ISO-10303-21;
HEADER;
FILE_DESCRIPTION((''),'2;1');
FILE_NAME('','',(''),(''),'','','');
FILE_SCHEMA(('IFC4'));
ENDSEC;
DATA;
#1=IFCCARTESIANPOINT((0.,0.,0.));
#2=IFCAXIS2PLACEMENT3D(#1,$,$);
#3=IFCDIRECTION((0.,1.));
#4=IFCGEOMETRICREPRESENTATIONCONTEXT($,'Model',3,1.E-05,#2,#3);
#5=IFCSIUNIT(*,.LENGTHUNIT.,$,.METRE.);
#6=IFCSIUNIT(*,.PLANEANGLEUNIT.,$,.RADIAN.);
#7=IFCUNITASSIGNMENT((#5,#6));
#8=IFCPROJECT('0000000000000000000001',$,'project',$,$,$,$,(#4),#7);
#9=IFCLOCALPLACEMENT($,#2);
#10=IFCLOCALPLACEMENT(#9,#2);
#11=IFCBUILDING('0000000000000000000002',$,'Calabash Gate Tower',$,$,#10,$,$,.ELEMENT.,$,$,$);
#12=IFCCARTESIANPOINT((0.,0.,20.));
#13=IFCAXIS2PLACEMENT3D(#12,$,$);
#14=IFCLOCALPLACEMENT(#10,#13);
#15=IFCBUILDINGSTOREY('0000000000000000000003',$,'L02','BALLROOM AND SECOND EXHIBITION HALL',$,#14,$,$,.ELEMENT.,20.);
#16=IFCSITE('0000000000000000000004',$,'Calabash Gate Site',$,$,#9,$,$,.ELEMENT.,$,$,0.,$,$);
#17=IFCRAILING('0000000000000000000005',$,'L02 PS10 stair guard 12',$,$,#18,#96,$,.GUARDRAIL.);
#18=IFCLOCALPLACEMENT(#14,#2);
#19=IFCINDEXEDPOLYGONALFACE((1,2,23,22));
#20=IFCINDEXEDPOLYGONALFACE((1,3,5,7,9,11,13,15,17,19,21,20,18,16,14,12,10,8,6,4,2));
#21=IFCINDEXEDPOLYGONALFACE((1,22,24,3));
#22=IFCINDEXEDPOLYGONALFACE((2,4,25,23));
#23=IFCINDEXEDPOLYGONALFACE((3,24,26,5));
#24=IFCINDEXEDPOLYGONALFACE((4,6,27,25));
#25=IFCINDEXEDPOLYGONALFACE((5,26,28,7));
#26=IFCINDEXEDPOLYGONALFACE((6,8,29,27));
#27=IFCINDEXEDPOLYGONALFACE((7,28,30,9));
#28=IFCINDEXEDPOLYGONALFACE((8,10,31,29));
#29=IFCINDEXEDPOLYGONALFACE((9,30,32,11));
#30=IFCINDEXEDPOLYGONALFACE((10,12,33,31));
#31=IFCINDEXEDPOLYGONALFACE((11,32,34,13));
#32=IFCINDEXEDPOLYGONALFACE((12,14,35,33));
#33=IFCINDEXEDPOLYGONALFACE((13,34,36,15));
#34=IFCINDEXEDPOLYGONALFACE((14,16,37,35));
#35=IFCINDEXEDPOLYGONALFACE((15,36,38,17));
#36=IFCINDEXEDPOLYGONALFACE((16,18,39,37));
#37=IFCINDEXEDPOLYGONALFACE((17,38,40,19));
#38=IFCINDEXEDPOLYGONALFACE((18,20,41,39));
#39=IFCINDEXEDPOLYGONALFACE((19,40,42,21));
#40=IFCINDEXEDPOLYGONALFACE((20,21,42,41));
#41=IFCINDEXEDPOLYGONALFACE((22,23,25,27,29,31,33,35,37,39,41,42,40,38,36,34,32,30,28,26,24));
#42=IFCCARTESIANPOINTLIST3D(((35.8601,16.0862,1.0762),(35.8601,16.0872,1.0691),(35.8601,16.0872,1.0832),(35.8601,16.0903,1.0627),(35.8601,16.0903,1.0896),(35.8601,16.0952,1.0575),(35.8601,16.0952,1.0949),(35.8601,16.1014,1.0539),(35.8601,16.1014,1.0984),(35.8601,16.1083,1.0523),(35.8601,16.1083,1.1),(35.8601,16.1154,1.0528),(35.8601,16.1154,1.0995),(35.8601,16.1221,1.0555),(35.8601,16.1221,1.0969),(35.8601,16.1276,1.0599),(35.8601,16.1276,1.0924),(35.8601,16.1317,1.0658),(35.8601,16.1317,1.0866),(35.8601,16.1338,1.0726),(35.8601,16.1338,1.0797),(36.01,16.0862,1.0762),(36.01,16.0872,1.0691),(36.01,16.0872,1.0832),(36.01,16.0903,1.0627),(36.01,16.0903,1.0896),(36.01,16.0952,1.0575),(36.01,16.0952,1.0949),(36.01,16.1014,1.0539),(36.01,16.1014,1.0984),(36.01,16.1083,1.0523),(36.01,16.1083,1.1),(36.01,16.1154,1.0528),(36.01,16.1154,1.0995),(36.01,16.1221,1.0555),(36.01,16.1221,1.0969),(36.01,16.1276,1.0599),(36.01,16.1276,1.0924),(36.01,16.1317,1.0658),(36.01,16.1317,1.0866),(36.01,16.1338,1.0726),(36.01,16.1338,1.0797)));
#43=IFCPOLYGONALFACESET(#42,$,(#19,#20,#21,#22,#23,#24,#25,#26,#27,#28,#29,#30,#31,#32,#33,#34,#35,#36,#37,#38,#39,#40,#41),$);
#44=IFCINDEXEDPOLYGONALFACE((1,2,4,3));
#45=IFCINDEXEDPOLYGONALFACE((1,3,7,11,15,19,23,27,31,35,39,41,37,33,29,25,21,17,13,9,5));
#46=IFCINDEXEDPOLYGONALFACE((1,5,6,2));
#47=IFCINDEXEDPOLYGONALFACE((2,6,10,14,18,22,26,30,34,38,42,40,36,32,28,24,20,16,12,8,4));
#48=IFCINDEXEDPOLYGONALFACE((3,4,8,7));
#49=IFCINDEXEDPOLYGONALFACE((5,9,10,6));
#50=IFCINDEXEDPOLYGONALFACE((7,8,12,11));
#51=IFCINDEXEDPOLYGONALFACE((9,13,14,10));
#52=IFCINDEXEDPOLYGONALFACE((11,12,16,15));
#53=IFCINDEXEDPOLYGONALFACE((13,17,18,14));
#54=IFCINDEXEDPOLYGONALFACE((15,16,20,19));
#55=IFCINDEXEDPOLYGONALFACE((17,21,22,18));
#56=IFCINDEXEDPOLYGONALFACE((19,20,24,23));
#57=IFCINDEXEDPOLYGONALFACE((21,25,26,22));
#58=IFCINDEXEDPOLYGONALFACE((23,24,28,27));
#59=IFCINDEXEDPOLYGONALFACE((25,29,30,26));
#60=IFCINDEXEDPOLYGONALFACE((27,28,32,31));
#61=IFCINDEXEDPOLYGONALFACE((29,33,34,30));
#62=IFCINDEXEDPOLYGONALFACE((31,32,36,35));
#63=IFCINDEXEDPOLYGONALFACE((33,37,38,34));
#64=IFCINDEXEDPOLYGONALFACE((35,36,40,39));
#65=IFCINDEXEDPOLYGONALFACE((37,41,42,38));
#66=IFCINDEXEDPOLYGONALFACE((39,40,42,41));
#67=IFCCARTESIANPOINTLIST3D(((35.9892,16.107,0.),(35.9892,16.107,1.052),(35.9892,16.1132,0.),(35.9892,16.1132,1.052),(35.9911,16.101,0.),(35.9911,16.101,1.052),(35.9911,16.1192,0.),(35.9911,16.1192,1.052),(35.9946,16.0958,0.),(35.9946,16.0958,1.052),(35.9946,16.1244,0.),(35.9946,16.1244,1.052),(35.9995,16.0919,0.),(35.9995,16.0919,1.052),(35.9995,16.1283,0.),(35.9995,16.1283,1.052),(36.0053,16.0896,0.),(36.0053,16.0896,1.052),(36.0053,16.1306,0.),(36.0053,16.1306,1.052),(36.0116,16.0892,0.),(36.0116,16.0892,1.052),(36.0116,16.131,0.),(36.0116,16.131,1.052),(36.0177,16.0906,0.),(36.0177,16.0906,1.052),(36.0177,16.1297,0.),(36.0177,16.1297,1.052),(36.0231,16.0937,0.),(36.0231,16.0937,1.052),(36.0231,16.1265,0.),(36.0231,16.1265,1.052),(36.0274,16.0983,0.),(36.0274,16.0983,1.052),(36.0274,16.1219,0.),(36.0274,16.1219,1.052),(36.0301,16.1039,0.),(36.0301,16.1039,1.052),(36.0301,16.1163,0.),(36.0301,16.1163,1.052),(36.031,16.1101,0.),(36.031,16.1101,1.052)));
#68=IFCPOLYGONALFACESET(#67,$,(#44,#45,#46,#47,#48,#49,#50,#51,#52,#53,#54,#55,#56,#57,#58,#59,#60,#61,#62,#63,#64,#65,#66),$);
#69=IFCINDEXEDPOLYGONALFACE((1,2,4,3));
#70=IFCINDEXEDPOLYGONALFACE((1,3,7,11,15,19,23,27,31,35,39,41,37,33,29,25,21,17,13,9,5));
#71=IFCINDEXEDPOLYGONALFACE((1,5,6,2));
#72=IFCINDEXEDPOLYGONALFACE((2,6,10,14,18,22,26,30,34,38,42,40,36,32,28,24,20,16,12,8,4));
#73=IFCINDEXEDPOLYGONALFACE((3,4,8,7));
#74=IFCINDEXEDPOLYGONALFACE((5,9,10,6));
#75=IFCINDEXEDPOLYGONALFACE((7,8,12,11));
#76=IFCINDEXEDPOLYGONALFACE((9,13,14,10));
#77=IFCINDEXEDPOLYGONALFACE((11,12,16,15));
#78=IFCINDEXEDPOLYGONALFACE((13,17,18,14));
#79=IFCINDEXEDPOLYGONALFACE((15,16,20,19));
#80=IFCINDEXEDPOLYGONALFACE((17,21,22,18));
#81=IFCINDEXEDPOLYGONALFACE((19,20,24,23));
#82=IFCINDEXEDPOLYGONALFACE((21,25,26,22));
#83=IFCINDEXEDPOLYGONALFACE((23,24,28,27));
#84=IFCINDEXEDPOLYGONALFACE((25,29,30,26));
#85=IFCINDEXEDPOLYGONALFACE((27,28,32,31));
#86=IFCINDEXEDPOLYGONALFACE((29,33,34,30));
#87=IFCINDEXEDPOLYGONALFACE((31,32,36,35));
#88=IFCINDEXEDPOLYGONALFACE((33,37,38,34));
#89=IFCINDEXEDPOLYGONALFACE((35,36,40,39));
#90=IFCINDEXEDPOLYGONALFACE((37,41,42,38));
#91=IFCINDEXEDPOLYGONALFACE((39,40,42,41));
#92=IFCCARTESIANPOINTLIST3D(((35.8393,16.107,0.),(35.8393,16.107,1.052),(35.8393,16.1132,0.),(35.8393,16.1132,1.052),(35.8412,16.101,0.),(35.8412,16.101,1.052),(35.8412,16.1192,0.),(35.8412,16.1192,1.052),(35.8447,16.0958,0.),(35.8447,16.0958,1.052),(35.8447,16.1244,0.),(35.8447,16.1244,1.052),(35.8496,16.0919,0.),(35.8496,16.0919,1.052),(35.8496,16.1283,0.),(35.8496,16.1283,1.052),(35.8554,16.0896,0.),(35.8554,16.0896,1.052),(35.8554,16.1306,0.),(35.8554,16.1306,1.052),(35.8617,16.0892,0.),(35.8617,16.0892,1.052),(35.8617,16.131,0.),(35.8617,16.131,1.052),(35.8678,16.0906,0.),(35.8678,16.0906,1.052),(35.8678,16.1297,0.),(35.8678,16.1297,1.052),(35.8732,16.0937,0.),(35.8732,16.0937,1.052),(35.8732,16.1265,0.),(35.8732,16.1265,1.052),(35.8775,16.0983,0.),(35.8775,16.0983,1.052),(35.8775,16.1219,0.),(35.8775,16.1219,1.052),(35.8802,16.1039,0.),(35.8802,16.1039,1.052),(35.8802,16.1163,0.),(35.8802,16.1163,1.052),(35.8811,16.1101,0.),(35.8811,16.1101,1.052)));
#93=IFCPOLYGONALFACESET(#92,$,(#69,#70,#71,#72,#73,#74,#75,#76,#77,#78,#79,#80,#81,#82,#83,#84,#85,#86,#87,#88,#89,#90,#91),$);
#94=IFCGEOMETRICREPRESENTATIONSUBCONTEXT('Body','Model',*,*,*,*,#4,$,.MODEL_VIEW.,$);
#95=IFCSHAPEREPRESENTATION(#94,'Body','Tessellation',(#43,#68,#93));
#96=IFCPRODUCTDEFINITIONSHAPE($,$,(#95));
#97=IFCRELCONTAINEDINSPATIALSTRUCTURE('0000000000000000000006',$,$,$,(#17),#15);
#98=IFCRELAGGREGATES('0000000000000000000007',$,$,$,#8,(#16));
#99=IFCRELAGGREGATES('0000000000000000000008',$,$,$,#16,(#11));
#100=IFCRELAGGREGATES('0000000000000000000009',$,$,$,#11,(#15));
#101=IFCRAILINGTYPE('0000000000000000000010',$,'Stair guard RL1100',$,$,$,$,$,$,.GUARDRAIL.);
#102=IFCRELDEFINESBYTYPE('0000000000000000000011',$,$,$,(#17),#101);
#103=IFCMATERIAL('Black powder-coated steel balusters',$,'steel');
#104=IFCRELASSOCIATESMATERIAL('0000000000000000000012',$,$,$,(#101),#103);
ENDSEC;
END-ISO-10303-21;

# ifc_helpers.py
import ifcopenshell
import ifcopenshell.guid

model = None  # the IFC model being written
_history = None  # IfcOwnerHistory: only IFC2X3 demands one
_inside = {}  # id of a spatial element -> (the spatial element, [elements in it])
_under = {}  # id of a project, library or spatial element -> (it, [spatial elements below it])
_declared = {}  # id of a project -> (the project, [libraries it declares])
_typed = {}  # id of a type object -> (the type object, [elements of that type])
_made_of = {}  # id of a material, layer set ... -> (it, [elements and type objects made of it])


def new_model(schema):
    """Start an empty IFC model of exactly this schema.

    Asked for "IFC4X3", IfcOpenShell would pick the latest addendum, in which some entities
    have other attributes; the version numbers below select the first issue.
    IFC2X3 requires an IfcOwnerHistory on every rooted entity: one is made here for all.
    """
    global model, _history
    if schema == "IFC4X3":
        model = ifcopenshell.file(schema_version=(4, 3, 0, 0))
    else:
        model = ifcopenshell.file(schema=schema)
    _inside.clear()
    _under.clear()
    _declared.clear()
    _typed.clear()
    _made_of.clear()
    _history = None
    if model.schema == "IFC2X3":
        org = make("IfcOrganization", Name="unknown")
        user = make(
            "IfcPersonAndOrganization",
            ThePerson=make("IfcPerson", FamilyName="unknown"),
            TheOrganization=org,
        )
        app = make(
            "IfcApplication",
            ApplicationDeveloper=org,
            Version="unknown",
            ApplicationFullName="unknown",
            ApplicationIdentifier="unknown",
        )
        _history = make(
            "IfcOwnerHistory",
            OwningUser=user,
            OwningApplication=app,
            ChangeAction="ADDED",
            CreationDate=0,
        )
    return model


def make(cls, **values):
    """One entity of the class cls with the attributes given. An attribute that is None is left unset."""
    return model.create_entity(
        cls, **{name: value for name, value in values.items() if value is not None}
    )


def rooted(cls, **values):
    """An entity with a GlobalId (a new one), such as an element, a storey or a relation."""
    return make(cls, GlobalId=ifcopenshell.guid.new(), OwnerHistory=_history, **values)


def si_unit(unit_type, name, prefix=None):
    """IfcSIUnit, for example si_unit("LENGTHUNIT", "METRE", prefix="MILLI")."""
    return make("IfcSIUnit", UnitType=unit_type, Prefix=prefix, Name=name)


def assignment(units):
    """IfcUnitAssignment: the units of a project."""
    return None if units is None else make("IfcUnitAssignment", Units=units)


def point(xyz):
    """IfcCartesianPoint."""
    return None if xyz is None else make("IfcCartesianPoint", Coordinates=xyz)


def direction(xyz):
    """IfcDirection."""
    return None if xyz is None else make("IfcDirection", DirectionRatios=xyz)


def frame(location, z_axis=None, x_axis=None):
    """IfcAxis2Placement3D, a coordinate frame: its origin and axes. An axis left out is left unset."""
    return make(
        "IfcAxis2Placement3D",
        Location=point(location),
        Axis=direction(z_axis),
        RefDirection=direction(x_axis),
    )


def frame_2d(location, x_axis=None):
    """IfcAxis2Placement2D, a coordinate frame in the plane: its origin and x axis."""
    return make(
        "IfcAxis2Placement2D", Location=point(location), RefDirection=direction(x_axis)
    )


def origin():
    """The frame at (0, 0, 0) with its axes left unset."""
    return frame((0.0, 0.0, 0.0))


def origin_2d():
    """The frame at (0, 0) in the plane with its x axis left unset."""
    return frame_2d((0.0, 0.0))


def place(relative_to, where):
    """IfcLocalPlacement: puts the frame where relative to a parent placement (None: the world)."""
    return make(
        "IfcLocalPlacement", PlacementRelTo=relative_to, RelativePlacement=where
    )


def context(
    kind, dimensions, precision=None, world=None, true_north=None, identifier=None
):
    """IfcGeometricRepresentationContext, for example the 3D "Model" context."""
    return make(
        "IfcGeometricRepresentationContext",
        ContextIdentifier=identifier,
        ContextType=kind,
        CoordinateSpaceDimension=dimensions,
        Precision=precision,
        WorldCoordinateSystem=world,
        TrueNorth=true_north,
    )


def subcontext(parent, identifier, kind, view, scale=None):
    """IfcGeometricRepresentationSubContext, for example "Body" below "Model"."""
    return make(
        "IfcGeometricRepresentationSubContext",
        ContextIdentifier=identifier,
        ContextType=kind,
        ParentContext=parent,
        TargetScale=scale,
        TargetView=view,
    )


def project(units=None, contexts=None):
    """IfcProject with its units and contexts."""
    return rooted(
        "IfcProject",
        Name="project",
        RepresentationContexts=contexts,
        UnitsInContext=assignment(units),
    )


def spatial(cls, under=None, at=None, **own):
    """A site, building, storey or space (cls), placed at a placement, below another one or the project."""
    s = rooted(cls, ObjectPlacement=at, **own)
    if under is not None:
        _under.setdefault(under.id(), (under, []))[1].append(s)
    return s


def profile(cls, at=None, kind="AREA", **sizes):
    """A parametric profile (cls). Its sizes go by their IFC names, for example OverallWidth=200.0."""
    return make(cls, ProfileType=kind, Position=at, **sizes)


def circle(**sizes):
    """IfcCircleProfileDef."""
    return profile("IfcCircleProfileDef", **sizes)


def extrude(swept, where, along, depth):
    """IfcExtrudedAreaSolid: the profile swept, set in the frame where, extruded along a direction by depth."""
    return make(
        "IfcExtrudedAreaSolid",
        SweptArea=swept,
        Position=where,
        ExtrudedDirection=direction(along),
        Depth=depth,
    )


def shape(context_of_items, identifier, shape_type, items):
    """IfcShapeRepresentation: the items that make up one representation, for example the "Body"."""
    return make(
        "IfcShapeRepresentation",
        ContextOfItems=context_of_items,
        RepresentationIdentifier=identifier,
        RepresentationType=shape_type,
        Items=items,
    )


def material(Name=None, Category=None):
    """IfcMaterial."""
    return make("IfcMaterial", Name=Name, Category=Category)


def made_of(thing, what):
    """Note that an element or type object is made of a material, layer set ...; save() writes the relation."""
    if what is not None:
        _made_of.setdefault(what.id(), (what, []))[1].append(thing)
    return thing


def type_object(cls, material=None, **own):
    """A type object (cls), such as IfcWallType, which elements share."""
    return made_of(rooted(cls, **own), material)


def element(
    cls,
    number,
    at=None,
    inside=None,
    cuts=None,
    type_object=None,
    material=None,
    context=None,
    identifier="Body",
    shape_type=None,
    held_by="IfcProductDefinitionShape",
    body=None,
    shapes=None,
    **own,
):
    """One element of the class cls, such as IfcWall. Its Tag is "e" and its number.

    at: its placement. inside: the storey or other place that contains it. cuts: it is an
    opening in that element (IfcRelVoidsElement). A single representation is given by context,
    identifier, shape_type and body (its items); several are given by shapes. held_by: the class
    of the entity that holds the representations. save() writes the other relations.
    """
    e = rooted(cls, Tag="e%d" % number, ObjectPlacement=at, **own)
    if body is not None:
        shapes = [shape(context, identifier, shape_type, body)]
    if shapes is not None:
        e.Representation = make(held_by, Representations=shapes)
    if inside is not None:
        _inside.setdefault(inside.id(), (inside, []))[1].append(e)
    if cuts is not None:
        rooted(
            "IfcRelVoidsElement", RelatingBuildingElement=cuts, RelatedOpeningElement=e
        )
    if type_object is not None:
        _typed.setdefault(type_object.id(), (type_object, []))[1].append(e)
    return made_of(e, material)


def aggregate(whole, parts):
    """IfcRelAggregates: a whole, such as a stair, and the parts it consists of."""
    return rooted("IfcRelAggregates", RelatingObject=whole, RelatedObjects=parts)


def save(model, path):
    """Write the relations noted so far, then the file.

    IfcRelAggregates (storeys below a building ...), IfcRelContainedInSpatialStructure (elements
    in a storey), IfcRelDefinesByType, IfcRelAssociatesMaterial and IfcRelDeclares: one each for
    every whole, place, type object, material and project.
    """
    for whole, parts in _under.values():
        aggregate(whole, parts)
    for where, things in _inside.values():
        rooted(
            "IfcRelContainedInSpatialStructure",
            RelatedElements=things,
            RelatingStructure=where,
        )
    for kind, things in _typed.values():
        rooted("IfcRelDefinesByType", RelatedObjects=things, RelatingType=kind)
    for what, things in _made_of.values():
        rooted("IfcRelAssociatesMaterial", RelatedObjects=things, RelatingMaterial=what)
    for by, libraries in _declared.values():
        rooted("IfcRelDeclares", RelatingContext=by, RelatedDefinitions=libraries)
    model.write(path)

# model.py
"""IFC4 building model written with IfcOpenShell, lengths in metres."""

from ifc_helpers import new_model, si_unit, direction, frame, origin, origin_2d, place, context, subcontext, project, spatial, circle, extrude, material, type_object, element, save


model = new_model("IFC4")

# Units and contexts
model_context = context("Model", 3, precision=1e-05, world=origin(), true_north=direction((0.0, 1.0)))
body_context = subcontext(model_context, "Body", "Model", "MODEL_VIEW")
ifc_project = project(units=[si_unit("LENGTHUNIT", "METRE"), si_unit("PLANEANGLEUNIT", "RADIAN")], contexts=[model_context])

# Site, building, storey
site_placement = place(None, origin())
site = spatial("IfcSite", under=ifc_project, at=site_placement, Name="Calabash Gate Site", CompositionType="ELEMENT", RefElevation=0.0)
building_placement = place(site_placement, origin())
building = spatial("IfcBuilding", under=site, at=building_placement, Name="Calabash Gate Tower", CompositionType="ELEMENT")
storey_placement = place(building_placement, frame((0.0, 0.0, 20.0)))
storey = spatial("IfcBuildingStorey", under=building, at=storey_placement, Name="L02", Description="BALLROOM AND SECOND EXHIBITION HALL", CompositionType="ELEMENT", Elevation=20.0)

# Railing
ifc_material_1 = material(Name="Black powder-coated steel balusters", Category="steel")
railing_type = type_object("IfcRailingType", Name="Stair guard RL1100", PredefinedType="GUARDRAIL", material=ifc_material_1)
for number, where, name in (
    (1, (36.01, 16.1101, 0.0), "L02 PS10 stair guard 12"),
):
    element("IfcRailing", number, at=place(storey_placement, frame(where)), inside=storey, type_object=railing_type, Name=name, PredefinedType="GUARDRAIL", context=body_context, shape_type="SweptSolid", body=[
        extrude(circle(Radius=0.0239, at=origin_2d()), frame((0.0, 0.0, 1.0762), z_axis=(-1.0, 0.0, 0.0), x_axis=(0.0, -1.0, 0.0)), (0.0, 0.0, 1.0), 0.1499),
        extrude(circle(Radius=0.021, at=origin_2d()), origin(), (0.0, 0.0, 1.0), 1.052),
        extrude(circle(Radius=0.021, at=origin_2d()), frame((-0.1499, 0.0, 0.0)), (0.0, 0.0, 1.0), 1.052),
    ])

save(model, "model.ifc")
